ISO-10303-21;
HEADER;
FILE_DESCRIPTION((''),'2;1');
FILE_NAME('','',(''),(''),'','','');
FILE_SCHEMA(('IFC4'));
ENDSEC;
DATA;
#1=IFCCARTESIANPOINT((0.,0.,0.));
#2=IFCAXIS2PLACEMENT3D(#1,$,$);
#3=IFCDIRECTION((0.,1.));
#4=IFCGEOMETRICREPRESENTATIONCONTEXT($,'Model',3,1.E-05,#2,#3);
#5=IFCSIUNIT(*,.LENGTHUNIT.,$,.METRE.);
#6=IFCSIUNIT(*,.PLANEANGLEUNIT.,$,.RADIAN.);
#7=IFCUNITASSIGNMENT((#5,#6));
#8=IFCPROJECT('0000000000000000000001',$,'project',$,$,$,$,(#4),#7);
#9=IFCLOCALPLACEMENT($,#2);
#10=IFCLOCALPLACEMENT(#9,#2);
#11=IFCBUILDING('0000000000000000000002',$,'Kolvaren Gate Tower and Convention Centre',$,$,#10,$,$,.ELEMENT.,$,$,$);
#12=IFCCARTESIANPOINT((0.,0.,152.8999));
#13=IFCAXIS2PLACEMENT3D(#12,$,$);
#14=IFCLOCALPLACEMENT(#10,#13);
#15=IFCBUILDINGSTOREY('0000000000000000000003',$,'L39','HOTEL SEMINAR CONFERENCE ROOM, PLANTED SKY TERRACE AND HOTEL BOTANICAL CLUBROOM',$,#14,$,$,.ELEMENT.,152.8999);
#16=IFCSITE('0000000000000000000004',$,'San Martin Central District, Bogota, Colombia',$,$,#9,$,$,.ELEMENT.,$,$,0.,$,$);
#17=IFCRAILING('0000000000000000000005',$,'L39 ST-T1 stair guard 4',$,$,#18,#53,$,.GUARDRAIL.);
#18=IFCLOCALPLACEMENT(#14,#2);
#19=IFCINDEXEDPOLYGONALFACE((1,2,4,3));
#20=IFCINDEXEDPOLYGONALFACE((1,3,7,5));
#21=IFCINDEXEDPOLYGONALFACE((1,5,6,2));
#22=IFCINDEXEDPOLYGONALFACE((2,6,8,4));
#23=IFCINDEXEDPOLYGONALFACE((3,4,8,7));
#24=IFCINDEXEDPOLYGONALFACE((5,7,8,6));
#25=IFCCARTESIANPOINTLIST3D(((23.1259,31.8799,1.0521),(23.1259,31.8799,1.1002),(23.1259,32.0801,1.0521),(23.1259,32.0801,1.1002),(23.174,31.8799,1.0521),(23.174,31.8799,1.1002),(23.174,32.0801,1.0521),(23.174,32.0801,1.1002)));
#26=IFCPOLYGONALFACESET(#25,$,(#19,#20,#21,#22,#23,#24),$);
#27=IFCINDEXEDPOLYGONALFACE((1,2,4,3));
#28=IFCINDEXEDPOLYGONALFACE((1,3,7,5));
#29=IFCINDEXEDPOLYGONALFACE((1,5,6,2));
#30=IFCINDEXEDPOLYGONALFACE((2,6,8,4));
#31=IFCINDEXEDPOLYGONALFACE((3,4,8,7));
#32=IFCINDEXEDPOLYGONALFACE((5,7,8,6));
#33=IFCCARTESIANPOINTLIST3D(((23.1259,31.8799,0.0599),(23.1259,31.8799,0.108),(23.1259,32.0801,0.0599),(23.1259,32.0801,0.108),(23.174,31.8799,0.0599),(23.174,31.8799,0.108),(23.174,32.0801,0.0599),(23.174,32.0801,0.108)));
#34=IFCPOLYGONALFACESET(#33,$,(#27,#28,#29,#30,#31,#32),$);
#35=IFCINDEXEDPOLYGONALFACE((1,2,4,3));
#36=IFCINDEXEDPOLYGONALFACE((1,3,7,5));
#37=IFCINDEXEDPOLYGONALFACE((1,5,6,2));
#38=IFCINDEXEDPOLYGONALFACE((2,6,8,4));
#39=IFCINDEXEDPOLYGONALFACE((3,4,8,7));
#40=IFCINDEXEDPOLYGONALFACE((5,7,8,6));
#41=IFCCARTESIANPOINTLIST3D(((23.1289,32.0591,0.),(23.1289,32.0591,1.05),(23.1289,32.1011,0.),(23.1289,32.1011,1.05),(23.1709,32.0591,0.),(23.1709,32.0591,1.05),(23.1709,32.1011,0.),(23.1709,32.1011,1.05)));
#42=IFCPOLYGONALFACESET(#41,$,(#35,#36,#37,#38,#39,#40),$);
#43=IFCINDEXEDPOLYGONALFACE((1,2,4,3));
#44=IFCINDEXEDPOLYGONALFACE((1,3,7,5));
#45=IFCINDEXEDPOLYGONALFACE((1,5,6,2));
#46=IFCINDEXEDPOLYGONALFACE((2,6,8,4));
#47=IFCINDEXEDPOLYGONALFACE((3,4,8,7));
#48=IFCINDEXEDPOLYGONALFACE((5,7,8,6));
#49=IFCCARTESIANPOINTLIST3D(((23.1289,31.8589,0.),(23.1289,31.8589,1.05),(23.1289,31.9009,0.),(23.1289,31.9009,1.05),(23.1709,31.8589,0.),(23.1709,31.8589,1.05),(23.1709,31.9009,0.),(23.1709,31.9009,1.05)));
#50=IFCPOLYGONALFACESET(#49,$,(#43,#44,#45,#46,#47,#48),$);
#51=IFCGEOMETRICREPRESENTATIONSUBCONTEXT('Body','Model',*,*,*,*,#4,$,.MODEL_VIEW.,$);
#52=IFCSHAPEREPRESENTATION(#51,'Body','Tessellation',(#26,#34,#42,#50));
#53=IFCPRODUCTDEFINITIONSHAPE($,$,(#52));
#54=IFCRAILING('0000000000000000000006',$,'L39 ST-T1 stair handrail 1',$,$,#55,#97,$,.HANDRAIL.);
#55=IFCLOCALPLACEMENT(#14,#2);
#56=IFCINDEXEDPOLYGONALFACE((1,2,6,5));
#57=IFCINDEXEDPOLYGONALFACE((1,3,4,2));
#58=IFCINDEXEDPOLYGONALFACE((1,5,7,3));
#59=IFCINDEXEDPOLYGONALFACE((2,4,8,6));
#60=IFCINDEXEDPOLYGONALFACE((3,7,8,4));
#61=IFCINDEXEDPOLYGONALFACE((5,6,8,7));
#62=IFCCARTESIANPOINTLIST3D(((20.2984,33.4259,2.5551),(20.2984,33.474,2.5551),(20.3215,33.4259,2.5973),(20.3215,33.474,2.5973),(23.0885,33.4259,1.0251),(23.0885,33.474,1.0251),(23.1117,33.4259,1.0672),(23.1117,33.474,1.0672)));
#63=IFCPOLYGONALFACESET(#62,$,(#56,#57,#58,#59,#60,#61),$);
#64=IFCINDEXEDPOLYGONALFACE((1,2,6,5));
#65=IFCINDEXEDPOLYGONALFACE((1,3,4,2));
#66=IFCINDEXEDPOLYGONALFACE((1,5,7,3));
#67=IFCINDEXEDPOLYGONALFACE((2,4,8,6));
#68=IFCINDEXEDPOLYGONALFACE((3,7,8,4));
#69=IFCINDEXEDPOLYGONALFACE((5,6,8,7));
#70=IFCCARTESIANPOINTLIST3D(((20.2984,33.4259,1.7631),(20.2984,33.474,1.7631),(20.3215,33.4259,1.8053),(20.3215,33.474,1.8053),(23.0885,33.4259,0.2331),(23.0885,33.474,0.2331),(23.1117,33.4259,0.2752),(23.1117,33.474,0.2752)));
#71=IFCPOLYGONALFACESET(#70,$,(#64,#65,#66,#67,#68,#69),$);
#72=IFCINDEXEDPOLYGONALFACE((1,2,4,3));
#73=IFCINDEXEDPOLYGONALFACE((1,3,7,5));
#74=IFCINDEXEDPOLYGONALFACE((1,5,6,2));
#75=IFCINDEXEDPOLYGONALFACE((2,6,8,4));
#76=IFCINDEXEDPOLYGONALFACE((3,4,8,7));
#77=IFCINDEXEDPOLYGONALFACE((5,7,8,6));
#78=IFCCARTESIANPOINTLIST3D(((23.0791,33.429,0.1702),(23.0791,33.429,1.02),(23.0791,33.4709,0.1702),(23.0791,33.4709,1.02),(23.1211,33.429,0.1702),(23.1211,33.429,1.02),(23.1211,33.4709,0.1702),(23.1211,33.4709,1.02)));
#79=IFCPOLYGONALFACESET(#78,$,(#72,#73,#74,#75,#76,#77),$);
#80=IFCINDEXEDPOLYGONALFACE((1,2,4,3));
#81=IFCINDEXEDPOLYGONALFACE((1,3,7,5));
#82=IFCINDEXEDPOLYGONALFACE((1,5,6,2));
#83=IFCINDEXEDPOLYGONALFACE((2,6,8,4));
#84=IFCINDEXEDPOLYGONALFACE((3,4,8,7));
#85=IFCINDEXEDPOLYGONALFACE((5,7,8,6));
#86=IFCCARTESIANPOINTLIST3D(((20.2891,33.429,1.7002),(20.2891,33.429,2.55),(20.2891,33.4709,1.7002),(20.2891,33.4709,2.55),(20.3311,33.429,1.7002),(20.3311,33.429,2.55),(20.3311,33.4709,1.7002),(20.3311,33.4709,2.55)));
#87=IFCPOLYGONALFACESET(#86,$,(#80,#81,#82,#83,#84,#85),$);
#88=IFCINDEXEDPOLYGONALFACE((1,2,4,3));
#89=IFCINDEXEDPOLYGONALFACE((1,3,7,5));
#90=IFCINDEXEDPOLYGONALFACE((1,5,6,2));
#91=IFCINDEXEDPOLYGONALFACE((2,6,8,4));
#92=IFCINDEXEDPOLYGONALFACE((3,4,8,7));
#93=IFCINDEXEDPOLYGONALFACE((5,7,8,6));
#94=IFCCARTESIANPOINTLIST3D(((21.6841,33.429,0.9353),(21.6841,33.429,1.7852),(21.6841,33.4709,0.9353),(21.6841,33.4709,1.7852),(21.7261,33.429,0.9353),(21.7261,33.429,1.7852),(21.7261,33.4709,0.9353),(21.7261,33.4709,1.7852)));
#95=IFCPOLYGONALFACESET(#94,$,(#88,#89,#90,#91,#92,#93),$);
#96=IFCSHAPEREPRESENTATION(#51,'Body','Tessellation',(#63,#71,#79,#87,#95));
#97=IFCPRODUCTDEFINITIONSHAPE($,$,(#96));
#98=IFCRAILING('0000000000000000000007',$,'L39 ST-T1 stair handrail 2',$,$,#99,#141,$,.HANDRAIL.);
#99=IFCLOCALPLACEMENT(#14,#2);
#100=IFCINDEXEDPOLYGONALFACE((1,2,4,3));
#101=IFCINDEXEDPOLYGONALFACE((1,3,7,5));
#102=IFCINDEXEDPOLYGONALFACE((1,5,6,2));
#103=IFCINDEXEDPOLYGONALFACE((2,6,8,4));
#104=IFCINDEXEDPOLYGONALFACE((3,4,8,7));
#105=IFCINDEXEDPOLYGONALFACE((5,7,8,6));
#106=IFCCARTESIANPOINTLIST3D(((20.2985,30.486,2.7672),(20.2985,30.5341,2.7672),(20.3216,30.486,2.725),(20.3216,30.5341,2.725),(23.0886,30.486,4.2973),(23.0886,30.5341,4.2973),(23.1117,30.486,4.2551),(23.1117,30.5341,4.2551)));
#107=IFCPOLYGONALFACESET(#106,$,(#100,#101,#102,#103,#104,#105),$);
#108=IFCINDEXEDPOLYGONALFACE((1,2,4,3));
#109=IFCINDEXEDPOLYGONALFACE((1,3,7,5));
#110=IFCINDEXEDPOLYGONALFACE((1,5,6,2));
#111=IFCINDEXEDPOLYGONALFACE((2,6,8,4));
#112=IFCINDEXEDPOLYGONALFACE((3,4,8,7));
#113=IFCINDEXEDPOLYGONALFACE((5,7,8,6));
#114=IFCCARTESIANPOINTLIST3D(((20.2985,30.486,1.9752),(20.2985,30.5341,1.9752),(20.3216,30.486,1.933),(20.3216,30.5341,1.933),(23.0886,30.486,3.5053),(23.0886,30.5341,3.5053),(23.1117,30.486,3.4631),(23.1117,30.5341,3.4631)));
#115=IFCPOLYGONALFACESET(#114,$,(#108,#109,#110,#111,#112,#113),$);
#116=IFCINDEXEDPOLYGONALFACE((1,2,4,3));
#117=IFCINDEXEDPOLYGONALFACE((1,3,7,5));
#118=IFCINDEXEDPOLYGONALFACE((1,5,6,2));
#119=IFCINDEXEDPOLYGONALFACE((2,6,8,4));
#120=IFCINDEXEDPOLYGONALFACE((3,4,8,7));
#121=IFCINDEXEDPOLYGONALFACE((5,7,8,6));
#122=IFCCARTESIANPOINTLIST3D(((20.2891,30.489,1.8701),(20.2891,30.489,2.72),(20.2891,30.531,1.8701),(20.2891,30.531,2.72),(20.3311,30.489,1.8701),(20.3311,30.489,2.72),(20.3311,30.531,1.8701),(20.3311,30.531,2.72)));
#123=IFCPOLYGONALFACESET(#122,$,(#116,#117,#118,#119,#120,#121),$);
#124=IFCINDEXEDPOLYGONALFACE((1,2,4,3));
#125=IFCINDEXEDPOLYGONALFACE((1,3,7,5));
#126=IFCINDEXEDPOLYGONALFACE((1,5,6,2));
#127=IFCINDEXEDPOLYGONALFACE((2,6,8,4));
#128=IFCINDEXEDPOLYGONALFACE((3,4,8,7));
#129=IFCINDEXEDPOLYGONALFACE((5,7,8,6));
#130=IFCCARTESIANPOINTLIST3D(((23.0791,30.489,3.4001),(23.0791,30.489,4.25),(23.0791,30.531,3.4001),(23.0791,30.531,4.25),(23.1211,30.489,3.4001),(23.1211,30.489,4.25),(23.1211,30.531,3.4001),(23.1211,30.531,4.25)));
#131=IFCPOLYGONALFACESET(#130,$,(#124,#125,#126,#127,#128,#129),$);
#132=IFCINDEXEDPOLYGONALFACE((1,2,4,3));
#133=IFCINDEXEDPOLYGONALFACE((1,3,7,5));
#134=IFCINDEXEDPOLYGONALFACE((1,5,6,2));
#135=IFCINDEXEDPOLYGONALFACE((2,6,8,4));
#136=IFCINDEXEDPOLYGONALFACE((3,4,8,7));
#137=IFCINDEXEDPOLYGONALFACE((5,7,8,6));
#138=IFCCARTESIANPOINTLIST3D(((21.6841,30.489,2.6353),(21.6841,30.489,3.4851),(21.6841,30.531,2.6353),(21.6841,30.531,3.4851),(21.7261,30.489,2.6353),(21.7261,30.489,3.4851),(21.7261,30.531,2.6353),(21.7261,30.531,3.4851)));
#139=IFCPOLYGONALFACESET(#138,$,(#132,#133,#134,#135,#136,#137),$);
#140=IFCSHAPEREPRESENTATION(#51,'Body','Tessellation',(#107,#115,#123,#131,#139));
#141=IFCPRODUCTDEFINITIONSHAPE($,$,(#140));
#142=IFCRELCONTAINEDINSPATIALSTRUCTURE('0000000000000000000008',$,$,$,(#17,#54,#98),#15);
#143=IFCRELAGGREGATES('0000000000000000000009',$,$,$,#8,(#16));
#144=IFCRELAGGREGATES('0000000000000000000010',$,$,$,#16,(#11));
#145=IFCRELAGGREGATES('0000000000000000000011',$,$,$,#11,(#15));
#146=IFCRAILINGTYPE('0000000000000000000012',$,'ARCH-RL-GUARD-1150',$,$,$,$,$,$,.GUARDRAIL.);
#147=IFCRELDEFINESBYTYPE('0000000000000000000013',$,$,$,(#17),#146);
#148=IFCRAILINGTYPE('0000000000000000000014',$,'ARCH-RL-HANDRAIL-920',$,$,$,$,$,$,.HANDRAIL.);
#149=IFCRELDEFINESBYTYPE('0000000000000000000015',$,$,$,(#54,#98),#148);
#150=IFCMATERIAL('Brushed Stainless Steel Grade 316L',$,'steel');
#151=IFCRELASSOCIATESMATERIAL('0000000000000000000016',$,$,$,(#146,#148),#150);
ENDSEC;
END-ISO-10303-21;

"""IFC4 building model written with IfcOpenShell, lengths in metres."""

from ifc_helpers import new_model, si_unit, direction, frame, origin, origin_2d, place, context, subcontext, project, spatial, rectangle, extrude, material, type_object, element, save


model = new_model("IFC4")

# Units and contexts
model_context = context("Model", 3, precision=1e-05, world=origin(), true_north=direction((0.0, 1.0)))
body_context = subcontext(model_context, "Body", "Model", "MODEL_VIEW")
ifc_project = project(units=[si_unit("LENGTHUNIT", "METRE"), si_unit("PLANEANGLEUNIT", "RADIAN")], contexts=[model_context])

# Site, building, storey
site_placement = place(None, origin())
site = spatial("IfcSite", under=ifc_project, at=site_placement, Name="San Martin Central District, Bogota, Colombia", CompositionType="ELEMENT", RefElevation=0.0)
building_placement = place(site_placement, origin())
building = spatial("IfcBuilding", under=site, at=building_placement, Name="Kolvaren Gate Tower and Convention Centre", CompositionType="ELEMENT")
storey_placement = place(building_placement, frame((0.0, 0.0, 152.8999)))
storey = spatial("IfcBuildingStorey", under=building, at=storey_placement, Name="L39", Description="HOTEL SEMINAR CONFERENCE ROOM, PLANTED SKY TERRACE AND HOTEL BOTANICAL CLUBROOM", CompositionType="ELEMENT", Elevation=152.8999)

# Shared definitions
ifc_material_1 = material(Name="Brushed Stainless Steel Grade 316L", Category="steel")

# Railings
railing_type_1 = type_object("IfcRailingType", Name="ARCH-RL-GUARD-1150", PredefinedType="GUARDRAIL", material=ifc_material_1)
railing_1_placement = place(storey_placement, frame((23.1499, 32.0801, 0.0)))
element("IfcRailing", 1, at=railing_1_placement, inside=storey, type_object=railing_type_1, Name="L39 ST-T1 stair guard 4", PredefinedType="GUARDRAIL", context=body_context, shape_type="SweptSolid", body=[
    extrude(rectangle(XDim=0.0481, YDim=0.0481, at=origin_2d()), frame((0.0, 0.0, 1.0762), z_axis=(0.0, -1.0, 0.0), x_axis=(1.0, 0.0, 0.0)), (0.0, 0.0, 1.0), 0.2002),
    extrude(rectangle(XDim=0.0481, YDim=0.0481, at=origin_2d()), frame((0.0, 0.0, 0.084), z_axis=(0.0, -1.0, 0.0), x_axis=(1.0, 0.0, 0.0)), (0.0, 0.0, 1.0), 0.2002),
    extrude(rectangle(XDim=0.042, YDim=0.042, at=origin_2d()), origin(), (0.0, 0.0, 1.0), 1.05),
    extrude(rectangle(XDim=0.042, YDim=0.042, at=origin_2d()), frame((0.0, -0.2002, 0.0)), (0.0, 0.0, 1.0), 1.05),
])
railing_type_2 = type_object("IfcRailingType", Name="ARCH-RL-HANDRAIL-920", PredefinedType="HANDRAIL", material=ifc_material_1)
railing_2_placement = place(storey_placement, frame((23.1001, 33.45, 0.1702)))
element("IfcRailing", 2, at=railing_2_placement, inside=storey, type_object=railing_type_2, Name="L39 ST-T1 stair handrail 1", PredefinedType="HANDRAIL", context=body_context, shape_type="SweptSolid", body=[
    extrude(rectangle(XDim=0.0481, YDim=0.0481, at=origin_2d()), frame((0.0, 0.0, 0.876), z_axis=(-0.876811, 0.0, 0.480835), x_axis=(0.0, -1.0, 0.0)), (0.0, 0.0, 1.0), 3.1821),
    extrude(rectangle(XDim=0.0481, YDim=0.0481, at=origin_2d()), frame((0.0, 0.0, 0.084), z_axis=(-0.876811, 0.0, 0.480835), x_axis=(0.0, -1.0, 0.0)), (0.0, 0.0, 1.0), 3.1821),
    extrude(rectangle(XDim=0.042, YDim=0.042, at=origin_2d()), origin(), (0.0, 0.0, 1.0), 0.8499),
    extrude(rectangle(XDim=0.042, YDim=0.042, at=origin_2d()), frame((-2.79, 0.0, 1.53)), (0.0, 0.0, 1.0), 0.8499),
    extrude(rectangle(XDim=0.042, YDim=0.042, at=origin_2d()), frame((-1.395, 0.0, 0.7651)), (0.0, 0.0, 1.0), 0.8499),
])
railing_3_placement = place(storey_placement, frame((20.3101, 30.51, 1.8701)))
element("IfcRailing", 3, at=railing_3_placement, inside=storey, type_object=railing_type_2, Name="L39 ST-T1 stair handrail 2", PredefinedType="HANDRAIL", context=body_context, shape_type="SweptSolid", body=[
    extrude(rectangle(XDim=0.0481, YDim=0.0481, at=origin_2d()), frame((0.0, 0.0, 0.876), z_axis=(0.876811, 0.0, 0.480835), x_axis=(0.0, 1.0, 0.0)), (0.0, 0.0, 1.0), 3.1821),
    extrude(rectangle(XDim=0.0481, YDim=0.0481, at=origin_2d()), frame((0.0, 0.0, 0.084), z_axis=(0.876811, 0.0, 0.480835), x_axis=(0.0, 1.0, 0.0)), (0.0, 0.0, 1.0), 3.1821),
    extrude(rectangle(XDim=0.042, YDim=0.042, at=origin_2d()), origin(), (0.0, 0.0, 1.0), 0.8499),
    extrude(rectangle(XDim=0.042, YDim=0.042, at=origin_2d()), frame((2.79, 0.0, 1.53)), (0.0, 0.0, 1.0), 0.8499),
    extrude(rectangle(XDim=0.042, YDim=0.042, at=origin_2d()), frame((1.395, 0.0, 0.7651)), (0.0, 0.0, 1.0), 0.8499),
])

save(model, "model.ifc")
